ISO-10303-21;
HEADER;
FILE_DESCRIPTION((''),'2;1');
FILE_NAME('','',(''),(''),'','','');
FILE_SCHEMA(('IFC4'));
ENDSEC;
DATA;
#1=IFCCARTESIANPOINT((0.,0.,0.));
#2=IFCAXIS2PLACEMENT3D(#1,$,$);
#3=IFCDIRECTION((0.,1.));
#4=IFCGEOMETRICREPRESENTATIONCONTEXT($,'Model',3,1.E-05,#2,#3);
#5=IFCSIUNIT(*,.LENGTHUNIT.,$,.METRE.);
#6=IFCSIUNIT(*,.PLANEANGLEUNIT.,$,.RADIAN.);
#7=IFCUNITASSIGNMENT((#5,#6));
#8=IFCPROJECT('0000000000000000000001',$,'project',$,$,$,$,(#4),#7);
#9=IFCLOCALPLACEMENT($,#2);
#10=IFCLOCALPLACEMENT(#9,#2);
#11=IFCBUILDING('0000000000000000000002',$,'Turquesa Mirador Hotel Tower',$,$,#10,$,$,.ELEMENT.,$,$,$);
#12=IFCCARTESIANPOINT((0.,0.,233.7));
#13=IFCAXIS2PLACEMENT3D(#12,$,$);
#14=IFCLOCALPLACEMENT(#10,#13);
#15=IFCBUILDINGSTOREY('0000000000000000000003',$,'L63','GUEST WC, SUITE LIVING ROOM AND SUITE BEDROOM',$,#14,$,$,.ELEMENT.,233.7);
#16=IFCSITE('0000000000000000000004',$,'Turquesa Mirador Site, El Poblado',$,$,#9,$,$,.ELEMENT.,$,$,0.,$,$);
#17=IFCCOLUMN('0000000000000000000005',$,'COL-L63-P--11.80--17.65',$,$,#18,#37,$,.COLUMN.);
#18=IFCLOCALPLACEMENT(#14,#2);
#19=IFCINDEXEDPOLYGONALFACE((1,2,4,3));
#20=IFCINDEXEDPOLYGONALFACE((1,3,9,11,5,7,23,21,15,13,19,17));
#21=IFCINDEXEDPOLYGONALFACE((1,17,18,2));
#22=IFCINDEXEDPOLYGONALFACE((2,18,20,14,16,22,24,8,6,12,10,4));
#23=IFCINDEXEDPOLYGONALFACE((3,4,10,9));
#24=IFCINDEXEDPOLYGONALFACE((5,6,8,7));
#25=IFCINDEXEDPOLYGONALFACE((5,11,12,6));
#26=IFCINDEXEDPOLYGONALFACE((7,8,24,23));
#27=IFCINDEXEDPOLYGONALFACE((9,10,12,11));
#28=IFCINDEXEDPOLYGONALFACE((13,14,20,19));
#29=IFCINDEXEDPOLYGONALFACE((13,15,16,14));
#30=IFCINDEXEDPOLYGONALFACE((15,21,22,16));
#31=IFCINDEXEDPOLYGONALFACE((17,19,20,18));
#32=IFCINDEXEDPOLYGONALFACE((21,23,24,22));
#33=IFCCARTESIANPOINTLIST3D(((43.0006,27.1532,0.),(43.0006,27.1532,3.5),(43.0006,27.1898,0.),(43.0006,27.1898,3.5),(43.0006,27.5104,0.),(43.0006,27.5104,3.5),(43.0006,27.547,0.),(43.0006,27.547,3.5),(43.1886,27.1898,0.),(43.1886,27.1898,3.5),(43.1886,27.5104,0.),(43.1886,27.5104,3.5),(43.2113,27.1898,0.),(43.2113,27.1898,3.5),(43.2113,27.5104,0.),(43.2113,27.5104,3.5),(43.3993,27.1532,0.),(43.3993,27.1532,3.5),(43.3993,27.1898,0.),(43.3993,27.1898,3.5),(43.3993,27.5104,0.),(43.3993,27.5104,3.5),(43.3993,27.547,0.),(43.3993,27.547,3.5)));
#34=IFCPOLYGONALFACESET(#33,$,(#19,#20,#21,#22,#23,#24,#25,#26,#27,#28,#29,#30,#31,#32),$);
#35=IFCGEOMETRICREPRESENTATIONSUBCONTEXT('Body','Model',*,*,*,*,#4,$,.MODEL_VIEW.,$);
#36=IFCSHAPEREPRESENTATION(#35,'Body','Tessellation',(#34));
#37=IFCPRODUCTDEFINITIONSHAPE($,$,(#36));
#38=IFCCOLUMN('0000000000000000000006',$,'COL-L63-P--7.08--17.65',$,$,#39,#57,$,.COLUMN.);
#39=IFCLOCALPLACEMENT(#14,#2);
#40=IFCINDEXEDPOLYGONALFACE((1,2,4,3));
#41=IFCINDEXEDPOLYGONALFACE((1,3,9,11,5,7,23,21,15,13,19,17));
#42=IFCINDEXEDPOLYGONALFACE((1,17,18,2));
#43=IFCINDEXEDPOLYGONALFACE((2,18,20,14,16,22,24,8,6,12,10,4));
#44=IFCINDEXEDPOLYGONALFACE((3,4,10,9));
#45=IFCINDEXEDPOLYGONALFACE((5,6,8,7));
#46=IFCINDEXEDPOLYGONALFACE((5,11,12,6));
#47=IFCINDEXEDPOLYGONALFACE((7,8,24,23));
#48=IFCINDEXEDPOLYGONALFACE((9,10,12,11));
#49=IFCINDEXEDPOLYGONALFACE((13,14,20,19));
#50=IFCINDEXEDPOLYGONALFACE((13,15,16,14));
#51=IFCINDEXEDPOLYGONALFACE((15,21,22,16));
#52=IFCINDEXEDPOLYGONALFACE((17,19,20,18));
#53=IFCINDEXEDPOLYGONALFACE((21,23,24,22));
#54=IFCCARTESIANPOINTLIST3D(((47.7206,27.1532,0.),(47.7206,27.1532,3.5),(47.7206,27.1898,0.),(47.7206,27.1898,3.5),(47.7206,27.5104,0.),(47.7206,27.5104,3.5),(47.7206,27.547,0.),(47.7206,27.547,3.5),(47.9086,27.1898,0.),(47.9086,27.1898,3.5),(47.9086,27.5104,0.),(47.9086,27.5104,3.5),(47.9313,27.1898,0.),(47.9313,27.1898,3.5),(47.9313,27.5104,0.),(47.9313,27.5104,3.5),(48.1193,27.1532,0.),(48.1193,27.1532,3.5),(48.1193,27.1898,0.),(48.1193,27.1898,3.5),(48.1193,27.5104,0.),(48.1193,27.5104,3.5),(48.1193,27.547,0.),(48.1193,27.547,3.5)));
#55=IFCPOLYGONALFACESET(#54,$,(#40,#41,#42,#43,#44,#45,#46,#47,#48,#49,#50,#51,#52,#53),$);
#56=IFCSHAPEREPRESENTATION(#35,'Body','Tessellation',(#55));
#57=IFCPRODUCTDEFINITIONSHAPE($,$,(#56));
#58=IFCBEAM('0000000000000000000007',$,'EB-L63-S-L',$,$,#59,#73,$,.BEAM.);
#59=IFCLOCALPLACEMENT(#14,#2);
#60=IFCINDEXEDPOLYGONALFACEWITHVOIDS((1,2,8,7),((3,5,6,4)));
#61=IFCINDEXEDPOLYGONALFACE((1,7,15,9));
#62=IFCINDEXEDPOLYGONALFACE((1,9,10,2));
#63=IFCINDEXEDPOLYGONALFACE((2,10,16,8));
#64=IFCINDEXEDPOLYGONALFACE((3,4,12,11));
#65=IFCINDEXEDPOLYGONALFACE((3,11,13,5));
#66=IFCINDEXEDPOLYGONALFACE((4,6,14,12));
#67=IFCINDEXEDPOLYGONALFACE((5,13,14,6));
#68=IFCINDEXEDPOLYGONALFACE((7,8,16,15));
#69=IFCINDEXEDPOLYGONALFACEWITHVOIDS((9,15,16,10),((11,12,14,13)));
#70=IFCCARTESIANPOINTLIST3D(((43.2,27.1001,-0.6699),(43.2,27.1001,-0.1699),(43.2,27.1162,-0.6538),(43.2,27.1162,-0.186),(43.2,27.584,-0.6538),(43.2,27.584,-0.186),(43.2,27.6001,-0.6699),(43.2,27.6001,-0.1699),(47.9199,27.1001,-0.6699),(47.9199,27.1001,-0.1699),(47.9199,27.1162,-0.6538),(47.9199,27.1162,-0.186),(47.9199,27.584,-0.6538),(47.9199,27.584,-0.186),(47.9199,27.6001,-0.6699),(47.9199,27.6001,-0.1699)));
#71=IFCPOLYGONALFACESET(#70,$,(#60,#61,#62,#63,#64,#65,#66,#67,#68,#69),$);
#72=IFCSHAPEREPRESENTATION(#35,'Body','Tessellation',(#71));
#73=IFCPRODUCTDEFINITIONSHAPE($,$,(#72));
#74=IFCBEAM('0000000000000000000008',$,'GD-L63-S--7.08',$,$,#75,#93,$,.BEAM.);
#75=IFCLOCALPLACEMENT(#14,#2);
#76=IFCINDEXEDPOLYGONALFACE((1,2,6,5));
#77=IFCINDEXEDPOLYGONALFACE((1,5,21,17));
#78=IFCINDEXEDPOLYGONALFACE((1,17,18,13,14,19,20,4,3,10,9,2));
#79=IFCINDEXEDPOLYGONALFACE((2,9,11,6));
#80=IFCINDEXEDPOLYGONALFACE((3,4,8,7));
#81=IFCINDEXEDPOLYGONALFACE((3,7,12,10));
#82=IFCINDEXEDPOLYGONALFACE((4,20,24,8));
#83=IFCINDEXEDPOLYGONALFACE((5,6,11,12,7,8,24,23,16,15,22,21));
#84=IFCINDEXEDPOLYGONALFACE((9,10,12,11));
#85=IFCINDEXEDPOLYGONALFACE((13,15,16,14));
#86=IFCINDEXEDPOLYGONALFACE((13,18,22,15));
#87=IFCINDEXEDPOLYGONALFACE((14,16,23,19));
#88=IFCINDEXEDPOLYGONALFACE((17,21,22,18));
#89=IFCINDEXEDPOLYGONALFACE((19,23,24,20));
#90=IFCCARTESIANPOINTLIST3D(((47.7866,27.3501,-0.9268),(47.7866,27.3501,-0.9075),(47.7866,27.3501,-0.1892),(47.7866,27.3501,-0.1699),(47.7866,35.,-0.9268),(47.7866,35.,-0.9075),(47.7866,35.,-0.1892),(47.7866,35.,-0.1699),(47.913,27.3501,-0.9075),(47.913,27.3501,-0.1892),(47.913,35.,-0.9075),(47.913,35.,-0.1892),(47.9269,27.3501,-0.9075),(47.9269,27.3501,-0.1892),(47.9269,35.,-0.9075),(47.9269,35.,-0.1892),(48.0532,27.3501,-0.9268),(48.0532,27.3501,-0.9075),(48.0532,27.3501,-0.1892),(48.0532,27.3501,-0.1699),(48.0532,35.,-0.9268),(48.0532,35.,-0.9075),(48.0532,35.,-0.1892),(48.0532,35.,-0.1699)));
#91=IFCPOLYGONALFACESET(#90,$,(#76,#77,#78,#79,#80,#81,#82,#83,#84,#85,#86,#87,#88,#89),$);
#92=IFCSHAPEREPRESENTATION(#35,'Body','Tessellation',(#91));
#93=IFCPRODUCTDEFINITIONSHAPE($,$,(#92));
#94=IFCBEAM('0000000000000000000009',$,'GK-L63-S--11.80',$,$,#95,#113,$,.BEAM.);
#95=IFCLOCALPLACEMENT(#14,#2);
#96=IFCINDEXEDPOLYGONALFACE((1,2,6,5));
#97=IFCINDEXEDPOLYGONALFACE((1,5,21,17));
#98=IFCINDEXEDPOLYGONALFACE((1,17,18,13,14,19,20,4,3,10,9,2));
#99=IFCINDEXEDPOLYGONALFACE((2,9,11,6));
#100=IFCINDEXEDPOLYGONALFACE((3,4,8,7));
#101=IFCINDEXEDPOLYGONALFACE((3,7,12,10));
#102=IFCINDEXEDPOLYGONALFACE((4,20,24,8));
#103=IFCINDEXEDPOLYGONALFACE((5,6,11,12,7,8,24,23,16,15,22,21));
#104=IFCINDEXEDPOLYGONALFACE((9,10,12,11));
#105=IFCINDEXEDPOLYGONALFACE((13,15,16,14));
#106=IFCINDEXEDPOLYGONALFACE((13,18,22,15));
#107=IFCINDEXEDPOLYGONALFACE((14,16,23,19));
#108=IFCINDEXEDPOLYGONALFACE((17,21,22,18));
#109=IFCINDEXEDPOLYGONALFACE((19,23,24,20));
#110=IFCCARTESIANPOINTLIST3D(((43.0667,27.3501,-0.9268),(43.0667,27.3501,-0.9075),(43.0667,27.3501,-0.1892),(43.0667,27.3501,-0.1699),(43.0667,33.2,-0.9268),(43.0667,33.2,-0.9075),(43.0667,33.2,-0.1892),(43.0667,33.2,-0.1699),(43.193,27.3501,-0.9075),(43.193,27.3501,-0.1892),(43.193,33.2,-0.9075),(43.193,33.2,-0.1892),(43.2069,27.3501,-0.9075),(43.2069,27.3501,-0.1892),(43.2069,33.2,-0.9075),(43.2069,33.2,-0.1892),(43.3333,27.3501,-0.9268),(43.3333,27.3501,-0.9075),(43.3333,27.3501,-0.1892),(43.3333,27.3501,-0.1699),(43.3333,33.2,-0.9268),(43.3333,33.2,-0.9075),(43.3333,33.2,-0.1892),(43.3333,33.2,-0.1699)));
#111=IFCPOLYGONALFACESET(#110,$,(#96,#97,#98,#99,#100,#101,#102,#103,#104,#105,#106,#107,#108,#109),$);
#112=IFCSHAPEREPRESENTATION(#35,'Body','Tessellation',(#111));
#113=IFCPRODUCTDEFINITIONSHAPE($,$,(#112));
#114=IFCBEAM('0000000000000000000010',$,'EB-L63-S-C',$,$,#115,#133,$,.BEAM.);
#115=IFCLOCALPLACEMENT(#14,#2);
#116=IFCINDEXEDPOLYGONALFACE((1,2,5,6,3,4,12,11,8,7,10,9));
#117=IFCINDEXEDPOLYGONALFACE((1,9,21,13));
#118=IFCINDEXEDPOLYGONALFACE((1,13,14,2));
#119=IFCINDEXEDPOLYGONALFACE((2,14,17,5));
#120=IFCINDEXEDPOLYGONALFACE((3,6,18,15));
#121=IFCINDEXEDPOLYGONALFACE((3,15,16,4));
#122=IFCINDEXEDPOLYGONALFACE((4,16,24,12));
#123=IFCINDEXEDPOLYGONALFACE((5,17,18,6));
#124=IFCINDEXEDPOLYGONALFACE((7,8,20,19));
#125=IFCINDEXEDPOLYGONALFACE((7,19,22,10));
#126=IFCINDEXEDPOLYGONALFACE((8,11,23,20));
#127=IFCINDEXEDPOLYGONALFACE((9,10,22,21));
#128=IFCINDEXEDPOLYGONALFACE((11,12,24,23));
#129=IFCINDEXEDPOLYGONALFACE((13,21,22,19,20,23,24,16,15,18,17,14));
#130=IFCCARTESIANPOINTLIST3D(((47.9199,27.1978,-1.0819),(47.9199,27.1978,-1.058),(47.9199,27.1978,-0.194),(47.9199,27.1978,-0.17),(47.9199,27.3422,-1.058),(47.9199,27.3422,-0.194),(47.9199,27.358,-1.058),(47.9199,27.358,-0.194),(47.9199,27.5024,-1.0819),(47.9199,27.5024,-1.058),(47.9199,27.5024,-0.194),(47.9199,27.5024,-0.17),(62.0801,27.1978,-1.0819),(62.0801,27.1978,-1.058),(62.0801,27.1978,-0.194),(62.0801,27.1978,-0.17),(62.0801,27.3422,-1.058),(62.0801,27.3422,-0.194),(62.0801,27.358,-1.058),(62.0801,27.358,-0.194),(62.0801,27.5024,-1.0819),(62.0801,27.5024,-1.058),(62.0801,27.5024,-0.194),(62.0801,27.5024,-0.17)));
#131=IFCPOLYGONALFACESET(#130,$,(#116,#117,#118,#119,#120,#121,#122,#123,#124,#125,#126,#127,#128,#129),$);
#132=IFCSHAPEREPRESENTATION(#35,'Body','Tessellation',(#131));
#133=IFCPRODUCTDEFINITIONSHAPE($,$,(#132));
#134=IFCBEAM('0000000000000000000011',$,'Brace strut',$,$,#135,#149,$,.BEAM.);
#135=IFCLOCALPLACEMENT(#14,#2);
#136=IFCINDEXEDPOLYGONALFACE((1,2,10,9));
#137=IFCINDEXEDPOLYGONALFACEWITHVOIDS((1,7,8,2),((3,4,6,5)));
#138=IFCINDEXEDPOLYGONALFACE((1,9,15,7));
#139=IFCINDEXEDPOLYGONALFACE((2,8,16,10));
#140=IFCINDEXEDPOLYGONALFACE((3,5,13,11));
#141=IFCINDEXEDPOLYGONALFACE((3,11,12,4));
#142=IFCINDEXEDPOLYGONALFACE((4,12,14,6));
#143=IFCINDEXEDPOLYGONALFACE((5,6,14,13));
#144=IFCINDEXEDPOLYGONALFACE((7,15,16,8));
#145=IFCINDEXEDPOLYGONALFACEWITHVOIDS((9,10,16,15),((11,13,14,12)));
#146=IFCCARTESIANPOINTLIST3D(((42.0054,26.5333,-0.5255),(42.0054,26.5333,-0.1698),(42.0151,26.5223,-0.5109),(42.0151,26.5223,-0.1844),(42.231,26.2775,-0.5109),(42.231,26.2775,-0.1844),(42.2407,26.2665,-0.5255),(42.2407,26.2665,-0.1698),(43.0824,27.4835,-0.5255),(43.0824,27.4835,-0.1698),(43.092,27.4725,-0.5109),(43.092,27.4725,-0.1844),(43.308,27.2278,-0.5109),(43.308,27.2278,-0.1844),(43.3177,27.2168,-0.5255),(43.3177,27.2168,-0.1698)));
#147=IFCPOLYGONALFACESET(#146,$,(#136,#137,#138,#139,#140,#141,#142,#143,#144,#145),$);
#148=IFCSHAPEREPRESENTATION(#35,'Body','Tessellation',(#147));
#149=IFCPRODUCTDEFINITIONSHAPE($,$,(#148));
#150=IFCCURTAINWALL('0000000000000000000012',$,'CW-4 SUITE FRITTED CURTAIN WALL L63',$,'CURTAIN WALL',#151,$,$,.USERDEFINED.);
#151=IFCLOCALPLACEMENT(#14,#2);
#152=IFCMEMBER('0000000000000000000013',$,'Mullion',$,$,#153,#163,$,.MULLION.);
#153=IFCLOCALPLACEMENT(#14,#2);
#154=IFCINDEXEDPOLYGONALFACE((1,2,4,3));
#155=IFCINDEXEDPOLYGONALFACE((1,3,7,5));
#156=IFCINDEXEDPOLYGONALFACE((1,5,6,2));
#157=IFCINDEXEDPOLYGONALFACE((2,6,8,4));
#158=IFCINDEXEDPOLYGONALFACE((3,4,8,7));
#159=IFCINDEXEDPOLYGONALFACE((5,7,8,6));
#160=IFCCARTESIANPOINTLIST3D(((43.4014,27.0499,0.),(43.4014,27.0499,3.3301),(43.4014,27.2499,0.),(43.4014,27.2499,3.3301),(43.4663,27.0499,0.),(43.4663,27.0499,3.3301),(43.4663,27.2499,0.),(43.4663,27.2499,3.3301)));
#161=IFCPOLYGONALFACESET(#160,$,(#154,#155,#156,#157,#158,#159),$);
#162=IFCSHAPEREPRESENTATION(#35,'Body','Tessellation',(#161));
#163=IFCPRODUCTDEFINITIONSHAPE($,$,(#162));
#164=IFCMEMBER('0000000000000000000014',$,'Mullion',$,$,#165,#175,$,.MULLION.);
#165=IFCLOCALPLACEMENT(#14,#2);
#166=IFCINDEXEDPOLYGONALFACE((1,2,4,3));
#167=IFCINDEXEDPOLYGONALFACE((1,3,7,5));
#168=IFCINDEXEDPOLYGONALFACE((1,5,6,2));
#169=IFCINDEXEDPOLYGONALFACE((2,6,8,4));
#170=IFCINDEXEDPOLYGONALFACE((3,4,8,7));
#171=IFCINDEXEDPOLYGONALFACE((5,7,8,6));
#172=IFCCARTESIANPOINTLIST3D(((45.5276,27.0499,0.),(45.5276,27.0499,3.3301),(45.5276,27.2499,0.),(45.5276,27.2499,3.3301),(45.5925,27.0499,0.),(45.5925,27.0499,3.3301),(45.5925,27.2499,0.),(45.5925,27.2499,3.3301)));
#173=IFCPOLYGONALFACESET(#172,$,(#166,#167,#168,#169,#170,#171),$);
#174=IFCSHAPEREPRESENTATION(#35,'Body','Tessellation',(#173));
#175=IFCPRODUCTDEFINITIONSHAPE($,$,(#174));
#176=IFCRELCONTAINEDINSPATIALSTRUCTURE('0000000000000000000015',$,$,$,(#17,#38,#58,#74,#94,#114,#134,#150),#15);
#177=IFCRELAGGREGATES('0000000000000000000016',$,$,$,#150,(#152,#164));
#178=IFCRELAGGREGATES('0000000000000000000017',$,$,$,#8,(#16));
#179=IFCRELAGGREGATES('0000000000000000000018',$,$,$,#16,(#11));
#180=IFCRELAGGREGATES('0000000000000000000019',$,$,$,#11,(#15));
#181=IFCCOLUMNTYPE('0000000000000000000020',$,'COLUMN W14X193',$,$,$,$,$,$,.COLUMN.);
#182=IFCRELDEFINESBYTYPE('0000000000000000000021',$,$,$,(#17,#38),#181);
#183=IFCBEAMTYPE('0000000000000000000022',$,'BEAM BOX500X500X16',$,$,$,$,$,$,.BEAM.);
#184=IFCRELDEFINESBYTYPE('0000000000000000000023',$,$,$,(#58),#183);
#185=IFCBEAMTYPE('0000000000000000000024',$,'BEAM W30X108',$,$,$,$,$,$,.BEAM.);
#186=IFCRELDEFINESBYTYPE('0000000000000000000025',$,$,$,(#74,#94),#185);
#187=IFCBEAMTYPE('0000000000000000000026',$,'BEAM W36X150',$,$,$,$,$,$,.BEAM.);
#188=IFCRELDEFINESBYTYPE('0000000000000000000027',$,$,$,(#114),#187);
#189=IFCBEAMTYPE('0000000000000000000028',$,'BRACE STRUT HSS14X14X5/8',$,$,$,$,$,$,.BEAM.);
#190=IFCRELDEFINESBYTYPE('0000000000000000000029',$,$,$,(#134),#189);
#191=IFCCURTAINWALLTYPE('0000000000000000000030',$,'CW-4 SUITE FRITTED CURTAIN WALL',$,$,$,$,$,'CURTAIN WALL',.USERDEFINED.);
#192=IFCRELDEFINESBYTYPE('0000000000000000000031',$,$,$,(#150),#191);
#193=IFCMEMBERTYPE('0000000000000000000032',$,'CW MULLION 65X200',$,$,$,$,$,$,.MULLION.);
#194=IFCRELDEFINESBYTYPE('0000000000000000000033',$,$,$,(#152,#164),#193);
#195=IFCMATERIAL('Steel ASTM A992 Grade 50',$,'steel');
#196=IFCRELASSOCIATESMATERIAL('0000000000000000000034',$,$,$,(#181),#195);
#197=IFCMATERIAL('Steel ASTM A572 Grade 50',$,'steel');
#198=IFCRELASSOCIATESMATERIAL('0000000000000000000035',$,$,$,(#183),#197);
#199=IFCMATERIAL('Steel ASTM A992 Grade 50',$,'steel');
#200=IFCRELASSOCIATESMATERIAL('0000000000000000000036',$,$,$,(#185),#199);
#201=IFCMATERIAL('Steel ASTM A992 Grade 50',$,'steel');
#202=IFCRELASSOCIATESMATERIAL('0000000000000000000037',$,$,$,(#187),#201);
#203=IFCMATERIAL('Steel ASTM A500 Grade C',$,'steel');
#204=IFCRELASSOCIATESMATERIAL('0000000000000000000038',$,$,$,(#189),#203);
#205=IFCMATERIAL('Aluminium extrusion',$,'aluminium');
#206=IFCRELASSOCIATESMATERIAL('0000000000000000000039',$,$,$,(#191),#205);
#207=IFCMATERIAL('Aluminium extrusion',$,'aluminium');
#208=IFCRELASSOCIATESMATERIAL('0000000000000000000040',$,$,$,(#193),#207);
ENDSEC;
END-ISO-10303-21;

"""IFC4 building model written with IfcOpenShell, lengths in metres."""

from ifc_helpers import new_model, si_unit, direction, frame, origin, origin_2d, place, context, subcontext, project, spatial, rectangle, hollow_rectangle, i_section, extrude, material, material_profile, profile_set, type_object, element, aggregate, save


model = new_model("IFC4")

# Units and contexts
model_context = context("Model", 3, precision=1e-05, world=origin(), true_north=direction((0.0, 1.0)))
body_context = subcontext(model_context, "Body", "Model", "MODEL_VIEW")
ifc_project = project(units=[si_unit("LENGTHUNIT", "METRE"), si_unit("PLANEANGLEUNIT", "RADIAN")], contexts=[model_context])

# Site, building, storey
site_placement = place(None, origin())
site = spatial("IfcSite", under=ifc_project, at=site_placement, Name="Turquesa Mirador Site, El Poblado", CompositionType="ELEMENT", RefElevation=0.0)
building_placement = place(site_placement, origin())
building = spatial("IfcBuilding", under=site, at=building_placement, Name="Turquesa Mirador Hotel Tower", CompositionType="ELEMENT")
storey_placement = place(building_placement, frame((0.0, 0.0, 233.7)))
storey = spatial("IfcBuildingStorey", under=building, at=storey_placement, Name="L63", Description="GUEST WC, SUITE LIVING ROOM AND SUITE BEDROOM", CompositionType="ELEMENT", Elevation=233.7)

# Columns
ifc_material_1 = material(Name="Steel ASTM A992 Grade 50", Category="steel")
ifc_material_profile_1 = material_profile(ifc_material_1, i_section(OverallWidth=0.3987, OverallDepth=0.3938, WebThickness=0.0227, FlangeThickness=0.0366, at=origin_2d()), Name="W14X193")
ifc_profile_set_1 = profile_set([ifc_material_profile_1], Name="Steel ASTM A992 Grade 50")
column_type = type_object("IfcColumnType", Name="COLUMN W14X193", PredefinedType="COLUMN", material=ifc_profile_set_1)
for number, where, z_axis, x_axis, name in (
    (1, (43.2, 27.3501, 0.0), (0.0, 0.0, 1.0), (1.0, 0.0, 0.0), "COL-L63-P--11.80--17.65"),
    (2, (47.9199, 27.3501, 0.0), (0.0, 0.0, 1.0), (1.0, 0.0, 0.0), "COL-L63-P--7.08--17.65"),
):
    element("IfcColumn", number, at=place(storey_placement, frame(where, z_axis=z_axis, x_axis=x_axis)), inside=storey, type_object=column_type, Name=name, PredefinedType="COLUMN", context=body_context, shape_type="SweptSolid", body=[
        extrude(i_section(OverallWidth=0.3987, OverallDepth=0.3938, WebThickness=0.0227, FlangeThickness=0.0366, at=origin_2d()), origin(), (0.0, 0.0, 1.0), 3.5),
    ])

# Beams
ifc_material_2 = material(Name="Steel ASTM A572 Grade 50", Category="steel")
ifc_material_profile_2 = material_profile(ifc_material_2, hollow_rectangle(XDim=0.5, YDim=0.5, WallThickness=0.0161, at=origin_2d()), Name="BOX500X500X16")
ifc_profile_set_2 = profile_set([ifc_material_profile_2], Name="Steel ASTM A572 Grade 50")
beam_type_1 = type_object("IfcBeamType", Name="BEAM BOX500X500X16", PredefinedType="BEAM", material=ifc_profile_set_2)
beam_1_placement = place(storey_placement, frame((43.2, 27.3501, -0.4199), z_axis=(1.0, 0.0, 0.0), x_axis=(0.0, 1.0, 0.0)))
element("IfcBeam", 3, at=beam_1_placement, inside=storey, type_object=beam_type_1, Name="EB-L63-S-L", PredefinedType="BEAM", context=body_context, shape_type="SweptSolid", body=[
    extrude(hollow_rectangle(XDim=0.5, YDim=0.5, WallThickness=0.0161, at=origin_2d()), origin(), (0.0, 0.0, 1.0), 4.72),
])
ifc_material_3 = material(Name="Steel ASTM A992 Grade 50", Category="steel")
ifc_material_profile_3 = material_profile(ifc_material_3, i_section(OverallWidth=0.2666, OverallDepth=0.7568, WebThickness=0.0139, FlangeThickness=0.0193, at=origin_2d()), Name="W30X108")
ifc_profile_set_3 = profile_set([ifc_material_profile_3], Name="Steel ASTM A992 Grade 50")
beam_type_2 = type_object("IfcBeamType", Name="BEAM W30X108", PredefinedType="BEAM", material=ifc_profile_set_3)
beam_2_placement = place(storey_placement, frame((47.9199, 27.3501, -0.5483), z_axis=(0.0, 1.0, 0.0), x_axis=(-1.0, 0.0, 0.0)))
element("IfcBeam", 4, at=beam_2_placement, inside=storey, type_object=beam_type_2, Name="GD-L63-S--7.08", PredefinedType="BEAM", context=body_context, shape_type="SweptSolid", body=[
    extrude(i_section(OverallWidth=0.2666, OverallDepth=0.7568, WebThickness=0.0139, FlangeThickness=0.0193, at=origin_2d()), origin(), (0.0, 0.0, 1.0), 7.6499),
])
beam_3_placement = place(storey_placement, frame((43.2, 27.3501, -0.5483), z_axis=(0.0, 1.0, 0.0), x_axis=(-1.0, 0.0, 0.0)))
element("IfcBeam", 5, at=beam_3_placement, inside=storey, type_object=beam_type_2, Name="GK-L63-S--11.80", PredefinedType="BEAM", context=body_context, shape_type="SweptSolid", body=[
    extrude(i_section(OverallWidth=0.2666, OverallDepth=0.7568, WebThickness=0.0139, FlangeThickness=0.0193, at=origin_2d()), origin(), (0.0, 0.0, 1.0), 5.8499),
])
ifc_material_4 = material(Name="Steel ASTM A992 Grade 50", Category="steel")
ifc_material_profile_4 = material_profile(ifc_material_4, i_section(OverallWidth=0.3047, OverallDepth=0.9119, WebThickness=0.0159, FlangeThickness=0.0239, at=origin_2d()), Name="W36X150")
ifc_profile_set_4 = profile_set([ifc_material_profile_4], Name="Steel ASTM A992 Grade 50")
beam_type_3 = type_object("IfcBeamType", Name="BEAM W36X150", PredefinedType="BEAM", material=ifc_profile_set_4)
beam_4_placement = place(storey_placement, frame((47.9199, 27.3501, -0.626), z_axis=(1.0, 0.0, 0.0), x_axis=(0.0, 1.0, 0.0)))
element("IfcBeam", 6, at=beam_4_placement, inside=storey, type_object=beam_type_3, Name="EB-L63-S-C", PredefinedType="BEAM", context=body_context, shape_type="SweptSolid", body=[
    extrude(i_section(OverallWidth=0.3047, OverallDepth=0.9119, WebThickness=0.0159, FlangeThickness=0.0239, at=origin_2d()), origin(), (0.0, 0.0, 1.0), 14.1602),
])
ifc_material_5 = material(Name="Steel ASTM A500 Grade C", Category="steel")
ifc_material_profile_5 = material_profile(ifc_material_5, hollow_rectangle(XDim=0.3557, YDim=0.3557, WallThickness=0.0146, at=origin_2d()), Name="HSS14X14X5/8")
ifc_profile_set_5 = profile_set([ifc_material_profile_5], Name="Steel ASTM A500 Grade C")
beam_type_4 = type_object("IfcBeamType", Name="BRACE STRUT HSS14X14X5/8", PredefinedType="BEAM", material=ifc_profile_set_5)
beam_5_placement = place(storey_placement, frame((42.123, 26.3999, -0.3477), z_axis=(0.749843, 0.661616, 0.0), x_axis=(-0.661616, 0.749843, 0.0)))
element("IfcBeam", 7, at=beam_5_placement, inside=storey, type_object=beam_type_4, Name="Brace strut", PredefinedType="BEAM", context=body_context, shape_type="SweptSolid", body=[
    extrude(hollow_rectangle(XDim=0.3557, YDim=0.3557, WallThickness=0.0146, at=origin_2d()), origin(), (0.0, 0.0, 1.0), 1.4363),
])

# Curtain wall, members
ifc_material_6 = material(Name="Aluminium extrusion", Category="aluminium")
curtain_wall_type = type_object("IfcCurtainWallType", Name="CW-4 SUITE FRITTED CURTAIN WALL", ElementType="CURTAIN WALL", PredefinedType="USERDEFINED", material=ifc_material_6)
curtain_wall_1_placement = place(storey_placement, origin())
curtain_wall_1 = element("IfcCurtainWall", 8, at=curtain_wall_1_placement, inside=storey, type_object=curtain_wall_type, Name="CW-4 SUITE FRITTED CURTAIN WALL L63", ObjectType="CURTAIN WALL", PredefinedType="USERDEFINED")
ifc_material_7 = material(Name="Aluminium extrusion", Category="aluminium")
ifc_material_profile_6 = material_profile(ifc_material_7, rectangle(XDim=0.0649, YDim=0.2, at=origin_2d()), Name="MULLION 65X200")
ifc_profile_set_6 = profile_set([ifc_material_profile_6], Name="Aluminium extrusion")
member_type_1 = type_object("IfcMemberType", Name="CW MULLION 65X200", PredefinedType="MULLION", material=ifc_profile_set_6)
member_1_placement = place(storey_placement, frame((43.4338, 27.1499, 0.0), z_axis=(0.0, 0.0, 1.0), x_axis=(1.0, 0.0, 0.0)))
member_1 = element("IfcMember", 9, at=member_1_placement, type_object=member_type_1, Name="Mullion", PredefinedType="MULLION", context=body_context, shape_type="SweptSolid", body=[
    extrude(rectangle(XDim=0.0649, YDim=0.2, at=origin_2d()), origin(), (0.0, 0.0, 1.0), 3.3301),
])
member_2_placement = place(storey_placement, frame((45.5601, 27.1499, 0.0), z_axis=(0.0, 0.0, 1.0), x_axis=(1.0, 0.0, 0.0)))
member_2 = element("IfcMember", 10, at=member_2_placement, type_object=member_type_1, Name="Mullion", PredefinedType="MULLION", context=body_context, shape_type="SweptSolid", body=[
    extrude(rectangle(XDim=0.0649, YDim=0.2, at=origin_2d()), origin(), (0.0, 0.0, 1.0), 3.3301),
])

aggregate(curtain_wall_1, [member_1, member_2])

save(model, "model.ifc")
